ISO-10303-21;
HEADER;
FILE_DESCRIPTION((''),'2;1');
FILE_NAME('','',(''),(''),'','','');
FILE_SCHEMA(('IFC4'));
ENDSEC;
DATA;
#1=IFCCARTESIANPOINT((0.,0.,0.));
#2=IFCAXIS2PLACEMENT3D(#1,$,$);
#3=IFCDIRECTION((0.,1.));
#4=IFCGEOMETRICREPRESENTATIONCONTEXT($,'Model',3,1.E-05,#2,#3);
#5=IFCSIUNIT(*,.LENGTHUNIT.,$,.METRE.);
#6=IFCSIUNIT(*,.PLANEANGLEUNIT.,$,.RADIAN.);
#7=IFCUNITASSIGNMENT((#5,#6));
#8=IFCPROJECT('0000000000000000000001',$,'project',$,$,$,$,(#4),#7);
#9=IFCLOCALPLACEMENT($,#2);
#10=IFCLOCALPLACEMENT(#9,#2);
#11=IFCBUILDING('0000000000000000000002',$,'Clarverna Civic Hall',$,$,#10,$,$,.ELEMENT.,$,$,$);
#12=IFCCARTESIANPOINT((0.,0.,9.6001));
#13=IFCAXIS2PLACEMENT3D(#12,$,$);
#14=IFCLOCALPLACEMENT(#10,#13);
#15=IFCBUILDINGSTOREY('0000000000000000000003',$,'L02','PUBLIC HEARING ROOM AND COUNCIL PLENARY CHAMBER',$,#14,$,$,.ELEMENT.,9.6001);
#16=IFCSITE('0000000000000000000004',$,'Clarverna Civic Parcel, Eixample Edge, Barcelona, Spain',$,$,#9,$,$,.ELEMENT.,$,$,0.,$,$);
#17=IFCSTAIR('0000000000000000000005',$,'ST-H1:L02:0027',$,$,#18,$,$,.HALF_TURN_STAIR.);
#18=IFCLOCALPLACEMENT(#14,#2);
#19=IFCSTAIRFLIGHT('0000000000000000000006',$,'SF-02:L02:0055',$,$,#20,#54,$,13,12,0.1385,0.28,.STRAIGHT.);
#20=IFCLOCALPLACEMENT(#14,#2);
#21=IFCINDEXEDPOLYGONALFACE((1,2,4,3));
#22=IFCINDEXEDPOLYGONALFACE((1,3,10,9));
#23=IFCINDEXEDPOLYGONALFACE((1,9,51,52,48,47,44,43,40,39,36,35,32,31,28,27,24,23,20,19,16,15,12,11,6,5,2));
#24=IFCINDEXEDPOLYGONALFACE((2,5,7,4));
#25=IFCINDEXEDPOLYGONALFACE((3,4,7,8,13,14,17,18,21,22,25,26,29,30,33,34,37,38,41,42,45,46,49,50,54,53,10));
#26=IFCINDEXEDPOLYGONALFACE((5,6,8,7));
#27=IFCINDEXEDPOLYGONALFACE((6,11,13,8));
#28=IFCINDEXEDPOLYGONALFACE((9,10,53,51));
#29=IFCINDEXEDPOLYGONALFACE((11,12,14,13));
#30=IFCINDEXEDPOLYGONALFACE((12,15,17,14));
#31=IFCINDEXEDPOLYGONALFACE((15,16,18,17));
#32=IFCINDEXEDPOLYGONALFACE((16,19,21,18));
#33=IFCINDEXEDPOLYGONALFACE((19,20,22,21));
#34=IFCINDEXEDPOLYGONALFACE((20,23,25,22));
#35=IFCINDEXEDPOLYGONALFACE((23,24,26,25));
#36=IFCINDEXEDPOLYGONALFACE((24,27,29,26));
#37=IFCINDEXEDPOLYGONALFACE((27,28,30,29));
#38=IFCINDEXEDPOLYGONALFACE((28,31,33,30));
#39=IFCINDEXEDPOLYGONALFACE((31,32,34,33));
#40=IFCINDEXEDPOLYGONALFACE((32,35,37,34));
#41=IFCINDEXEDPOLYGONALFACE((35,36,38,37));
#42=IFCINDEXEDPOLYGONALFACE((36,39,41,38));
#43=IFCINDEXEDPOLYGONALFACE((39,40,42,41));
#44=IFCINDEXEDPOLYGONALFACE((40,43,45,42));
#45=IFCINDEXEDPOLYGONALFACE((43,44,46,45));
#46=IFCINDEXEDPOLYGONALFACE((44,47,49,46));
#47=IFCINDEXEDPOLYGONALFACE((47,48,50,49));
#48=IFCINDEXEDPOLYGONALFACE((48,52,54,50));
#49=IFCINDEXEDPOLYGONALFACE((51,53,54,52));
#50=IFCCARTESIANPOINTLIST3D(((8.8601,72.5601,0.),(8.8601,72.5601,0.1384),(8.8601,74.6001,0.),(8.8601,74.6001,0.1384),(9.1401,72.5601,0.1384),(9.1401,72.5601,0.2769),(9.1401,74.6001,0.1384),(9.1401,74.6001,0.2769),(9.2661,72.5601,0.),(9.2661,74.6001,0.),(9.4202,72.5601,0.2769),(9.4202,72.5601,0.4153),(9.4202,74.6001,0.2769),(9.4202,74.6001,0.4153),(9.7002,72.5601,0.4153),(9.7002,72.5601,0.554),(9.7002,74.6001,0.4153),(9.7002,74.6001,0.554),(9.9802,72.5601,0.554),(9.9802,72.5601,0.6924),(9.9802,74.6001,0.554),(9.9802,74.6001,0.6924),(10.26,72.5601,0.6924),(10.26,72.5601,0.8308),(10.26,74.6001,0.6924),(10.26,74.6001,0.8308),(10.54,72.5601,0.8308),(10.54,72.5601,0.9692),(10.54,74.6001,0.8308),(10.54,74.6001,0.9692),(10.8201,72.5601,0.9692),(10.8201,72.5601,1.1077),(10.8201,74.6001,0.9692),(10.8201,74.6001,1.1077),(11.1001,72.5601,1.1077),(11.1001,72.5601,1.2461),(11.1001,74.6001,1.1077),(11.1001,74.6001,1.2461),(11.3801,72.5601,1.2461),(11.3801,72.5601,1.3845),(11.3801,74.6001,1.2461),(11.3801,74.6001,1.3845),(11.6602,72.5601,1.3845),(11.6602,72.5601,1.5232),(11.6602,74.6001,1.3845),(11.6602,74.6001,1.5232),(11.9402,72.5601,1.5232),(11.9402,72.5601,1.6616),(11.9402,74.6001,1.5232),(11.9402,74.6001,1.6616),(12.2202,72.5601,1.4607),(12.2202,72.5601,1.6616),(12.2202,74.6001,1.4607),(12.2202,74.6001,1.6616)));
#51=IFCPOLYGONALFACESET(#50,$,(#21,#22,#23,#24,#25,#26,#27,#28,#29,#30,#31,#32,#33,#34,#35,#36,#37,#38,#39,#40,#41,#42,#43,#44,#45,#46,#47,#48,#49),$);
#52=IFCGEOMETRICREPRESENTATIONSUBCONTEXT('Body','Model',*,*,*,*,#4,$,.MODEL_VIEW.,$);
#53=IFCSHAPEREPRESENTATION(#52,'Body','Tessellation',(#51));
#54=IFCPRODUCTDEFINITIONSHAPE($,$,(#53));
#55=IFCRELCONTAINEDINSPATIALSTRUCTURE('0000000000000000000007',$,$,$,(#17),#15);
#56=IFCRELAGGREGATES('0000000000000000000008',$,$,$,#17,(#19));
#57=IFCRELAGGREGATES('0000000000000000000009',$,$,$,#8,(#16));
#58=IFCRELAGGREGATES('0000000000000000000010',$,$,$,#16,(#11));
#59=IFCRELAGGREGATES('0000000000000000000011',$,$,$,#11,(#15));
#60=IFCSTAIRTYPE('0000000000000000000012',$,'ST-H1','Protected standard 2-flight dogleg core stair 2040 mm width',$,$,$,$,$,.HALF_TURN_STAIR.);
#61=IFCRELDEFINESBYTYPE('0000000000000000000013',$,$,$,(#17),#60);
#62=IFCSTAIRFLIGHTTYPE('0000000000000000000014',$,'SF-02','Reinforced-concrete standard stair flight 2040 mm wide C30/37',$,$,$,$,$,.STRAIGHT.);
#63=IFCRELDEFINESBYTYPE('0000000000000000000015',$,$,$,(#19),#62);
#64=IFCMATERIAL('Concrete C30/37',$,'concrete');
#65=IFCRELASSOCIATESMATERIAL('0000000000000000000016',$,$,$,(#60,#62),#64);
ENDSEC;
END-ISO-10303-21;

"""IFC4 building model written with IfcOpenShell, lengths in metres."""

from ifc_helpers import new_model, si_unit, direction, frame, origin, place, context, subcontext, project, spatial, polyline, outline, extrude, material, type_object, element, aggregate, save


model = new_model("IFC4")

# Units and contexts
model_context = context("Model", 3, precision=1e-05, world=origin(), true_north=direction((0.0, 1.0)))
body_context = subcontext(model_context, "Body", "Model", "MODEL_VIEW")
ifc_project = project(units=[si_unit("LENGTHUNIT", "METRE"), si_unit("PLANEANGLEUNIT", "RADIAN")], contexts=[model_context])

# Site, building, storey
site_placement = place(None, origin())
site = spatial("IfcSite", under=ifc_project, at=site_placement, Name="Clarverna Civic Parcel, Eixample Edge, Barcelona, Spain", CompositionType="ELEMENT", RefElevation=0.0)
building_placement = place(site_placement, origin())
building = spatial("IfcBuilding", under=site, at=building_placement, Name="Clarverna Civic Hall", CompositionType="ELEMENT")
storey_placement = place(building_placement, frame((0.0, 0.0, 9.6001)))
storey = spatial("IfcBuildingStorey", under=building, at=storey_placement, Name="L02", Description="PUBLIC HEARING ROOM AND COUNCIL PLENARY CHAMBER", CompositionType="ELEMENT", Elevation=9.6001)

# Stair, stair flight
ifc_material_1 = material(Name="Concrete C30/37", Category="concrete")
stair_type = type_object("IfcStairType", Name="ST-H1", Description="Protected standard 2-flight dogleg core stair 2040 mm width", PredefinedType="HALF_TURN_STAIR", material=ifc_material_1)
stair_placement = place(storey_placement, origin())
stair = element("IfcStair", 1, at=stair_placement, inside=storey, type_object=stair_type, Name="ST-H1:L02:0027", PredefinedType="HALF_TURN_STAIR")
stair_flight_type = type_object("IfcStairFlightType", Name="SF-02", Description="Reinforced-concrete standard stair flight 2040 mm wide C30/37", PredefinedType="STRAIGHT", material=ifc_material_1)
stair_flight_placement = place(storey_placement, frame((8.8601, 73.5801, 0.0), z_axis=(0.0, 0.0, 1.0), x_axis=(1.0, 0.0, 0.0)))
stair_flight = element("IfcStairFlight", 2, at=stair_flight_placement, type_object=stair_flight_type, Name="SF-02:L02:0055", NumberOfRisers=13, NumberOfTreads=12, PredefinedType="STRAIGHT", RiserHeight=0.1385, TreadLength=0.28, context=body_context, shape_type="SweptSolid", body=[
    extrude(outline(polyline([(0.0, 0.0), (0.0, 0.1384), (0.28, 0.1384), (0.28, 0.2769), (0.5601, 0.2769), (0.5601, 0.4153), (0.8401, 0.4153), (0.8401, 0.554), (1.1201, 0.554), (1.1201, 0.6924), (1.3999, 0.6924), (1.3999, 0.8308), (1.6799, 0.8308), (1.6799, 0.9692), (1.96, 0.9692), (1.96, 1.1077), (2.24, 1.1077), (2.24, 1.2461), (2.52, 1.2461), (2.52, 1.3845), (2.8, 1.3845), (2.8, 1.5232), (3.0801, 1.5232), (3.0801, 1.6616), (3.3601, 1.6616), (3.3601, 1.8), (3.3601, 1.4607), (0.406, 0.0), (0.0, 0.0)])), frame((0.0, 1.02, 0.0), z_axis=(0.0, -1.0, 0.0), x_axis=(1.0, 0.0, 0.0)), (0.0, 0.0, 1.0), 2.04),
])
aggregate(stair, [stair_flight])

save(model, "model.ifc")
